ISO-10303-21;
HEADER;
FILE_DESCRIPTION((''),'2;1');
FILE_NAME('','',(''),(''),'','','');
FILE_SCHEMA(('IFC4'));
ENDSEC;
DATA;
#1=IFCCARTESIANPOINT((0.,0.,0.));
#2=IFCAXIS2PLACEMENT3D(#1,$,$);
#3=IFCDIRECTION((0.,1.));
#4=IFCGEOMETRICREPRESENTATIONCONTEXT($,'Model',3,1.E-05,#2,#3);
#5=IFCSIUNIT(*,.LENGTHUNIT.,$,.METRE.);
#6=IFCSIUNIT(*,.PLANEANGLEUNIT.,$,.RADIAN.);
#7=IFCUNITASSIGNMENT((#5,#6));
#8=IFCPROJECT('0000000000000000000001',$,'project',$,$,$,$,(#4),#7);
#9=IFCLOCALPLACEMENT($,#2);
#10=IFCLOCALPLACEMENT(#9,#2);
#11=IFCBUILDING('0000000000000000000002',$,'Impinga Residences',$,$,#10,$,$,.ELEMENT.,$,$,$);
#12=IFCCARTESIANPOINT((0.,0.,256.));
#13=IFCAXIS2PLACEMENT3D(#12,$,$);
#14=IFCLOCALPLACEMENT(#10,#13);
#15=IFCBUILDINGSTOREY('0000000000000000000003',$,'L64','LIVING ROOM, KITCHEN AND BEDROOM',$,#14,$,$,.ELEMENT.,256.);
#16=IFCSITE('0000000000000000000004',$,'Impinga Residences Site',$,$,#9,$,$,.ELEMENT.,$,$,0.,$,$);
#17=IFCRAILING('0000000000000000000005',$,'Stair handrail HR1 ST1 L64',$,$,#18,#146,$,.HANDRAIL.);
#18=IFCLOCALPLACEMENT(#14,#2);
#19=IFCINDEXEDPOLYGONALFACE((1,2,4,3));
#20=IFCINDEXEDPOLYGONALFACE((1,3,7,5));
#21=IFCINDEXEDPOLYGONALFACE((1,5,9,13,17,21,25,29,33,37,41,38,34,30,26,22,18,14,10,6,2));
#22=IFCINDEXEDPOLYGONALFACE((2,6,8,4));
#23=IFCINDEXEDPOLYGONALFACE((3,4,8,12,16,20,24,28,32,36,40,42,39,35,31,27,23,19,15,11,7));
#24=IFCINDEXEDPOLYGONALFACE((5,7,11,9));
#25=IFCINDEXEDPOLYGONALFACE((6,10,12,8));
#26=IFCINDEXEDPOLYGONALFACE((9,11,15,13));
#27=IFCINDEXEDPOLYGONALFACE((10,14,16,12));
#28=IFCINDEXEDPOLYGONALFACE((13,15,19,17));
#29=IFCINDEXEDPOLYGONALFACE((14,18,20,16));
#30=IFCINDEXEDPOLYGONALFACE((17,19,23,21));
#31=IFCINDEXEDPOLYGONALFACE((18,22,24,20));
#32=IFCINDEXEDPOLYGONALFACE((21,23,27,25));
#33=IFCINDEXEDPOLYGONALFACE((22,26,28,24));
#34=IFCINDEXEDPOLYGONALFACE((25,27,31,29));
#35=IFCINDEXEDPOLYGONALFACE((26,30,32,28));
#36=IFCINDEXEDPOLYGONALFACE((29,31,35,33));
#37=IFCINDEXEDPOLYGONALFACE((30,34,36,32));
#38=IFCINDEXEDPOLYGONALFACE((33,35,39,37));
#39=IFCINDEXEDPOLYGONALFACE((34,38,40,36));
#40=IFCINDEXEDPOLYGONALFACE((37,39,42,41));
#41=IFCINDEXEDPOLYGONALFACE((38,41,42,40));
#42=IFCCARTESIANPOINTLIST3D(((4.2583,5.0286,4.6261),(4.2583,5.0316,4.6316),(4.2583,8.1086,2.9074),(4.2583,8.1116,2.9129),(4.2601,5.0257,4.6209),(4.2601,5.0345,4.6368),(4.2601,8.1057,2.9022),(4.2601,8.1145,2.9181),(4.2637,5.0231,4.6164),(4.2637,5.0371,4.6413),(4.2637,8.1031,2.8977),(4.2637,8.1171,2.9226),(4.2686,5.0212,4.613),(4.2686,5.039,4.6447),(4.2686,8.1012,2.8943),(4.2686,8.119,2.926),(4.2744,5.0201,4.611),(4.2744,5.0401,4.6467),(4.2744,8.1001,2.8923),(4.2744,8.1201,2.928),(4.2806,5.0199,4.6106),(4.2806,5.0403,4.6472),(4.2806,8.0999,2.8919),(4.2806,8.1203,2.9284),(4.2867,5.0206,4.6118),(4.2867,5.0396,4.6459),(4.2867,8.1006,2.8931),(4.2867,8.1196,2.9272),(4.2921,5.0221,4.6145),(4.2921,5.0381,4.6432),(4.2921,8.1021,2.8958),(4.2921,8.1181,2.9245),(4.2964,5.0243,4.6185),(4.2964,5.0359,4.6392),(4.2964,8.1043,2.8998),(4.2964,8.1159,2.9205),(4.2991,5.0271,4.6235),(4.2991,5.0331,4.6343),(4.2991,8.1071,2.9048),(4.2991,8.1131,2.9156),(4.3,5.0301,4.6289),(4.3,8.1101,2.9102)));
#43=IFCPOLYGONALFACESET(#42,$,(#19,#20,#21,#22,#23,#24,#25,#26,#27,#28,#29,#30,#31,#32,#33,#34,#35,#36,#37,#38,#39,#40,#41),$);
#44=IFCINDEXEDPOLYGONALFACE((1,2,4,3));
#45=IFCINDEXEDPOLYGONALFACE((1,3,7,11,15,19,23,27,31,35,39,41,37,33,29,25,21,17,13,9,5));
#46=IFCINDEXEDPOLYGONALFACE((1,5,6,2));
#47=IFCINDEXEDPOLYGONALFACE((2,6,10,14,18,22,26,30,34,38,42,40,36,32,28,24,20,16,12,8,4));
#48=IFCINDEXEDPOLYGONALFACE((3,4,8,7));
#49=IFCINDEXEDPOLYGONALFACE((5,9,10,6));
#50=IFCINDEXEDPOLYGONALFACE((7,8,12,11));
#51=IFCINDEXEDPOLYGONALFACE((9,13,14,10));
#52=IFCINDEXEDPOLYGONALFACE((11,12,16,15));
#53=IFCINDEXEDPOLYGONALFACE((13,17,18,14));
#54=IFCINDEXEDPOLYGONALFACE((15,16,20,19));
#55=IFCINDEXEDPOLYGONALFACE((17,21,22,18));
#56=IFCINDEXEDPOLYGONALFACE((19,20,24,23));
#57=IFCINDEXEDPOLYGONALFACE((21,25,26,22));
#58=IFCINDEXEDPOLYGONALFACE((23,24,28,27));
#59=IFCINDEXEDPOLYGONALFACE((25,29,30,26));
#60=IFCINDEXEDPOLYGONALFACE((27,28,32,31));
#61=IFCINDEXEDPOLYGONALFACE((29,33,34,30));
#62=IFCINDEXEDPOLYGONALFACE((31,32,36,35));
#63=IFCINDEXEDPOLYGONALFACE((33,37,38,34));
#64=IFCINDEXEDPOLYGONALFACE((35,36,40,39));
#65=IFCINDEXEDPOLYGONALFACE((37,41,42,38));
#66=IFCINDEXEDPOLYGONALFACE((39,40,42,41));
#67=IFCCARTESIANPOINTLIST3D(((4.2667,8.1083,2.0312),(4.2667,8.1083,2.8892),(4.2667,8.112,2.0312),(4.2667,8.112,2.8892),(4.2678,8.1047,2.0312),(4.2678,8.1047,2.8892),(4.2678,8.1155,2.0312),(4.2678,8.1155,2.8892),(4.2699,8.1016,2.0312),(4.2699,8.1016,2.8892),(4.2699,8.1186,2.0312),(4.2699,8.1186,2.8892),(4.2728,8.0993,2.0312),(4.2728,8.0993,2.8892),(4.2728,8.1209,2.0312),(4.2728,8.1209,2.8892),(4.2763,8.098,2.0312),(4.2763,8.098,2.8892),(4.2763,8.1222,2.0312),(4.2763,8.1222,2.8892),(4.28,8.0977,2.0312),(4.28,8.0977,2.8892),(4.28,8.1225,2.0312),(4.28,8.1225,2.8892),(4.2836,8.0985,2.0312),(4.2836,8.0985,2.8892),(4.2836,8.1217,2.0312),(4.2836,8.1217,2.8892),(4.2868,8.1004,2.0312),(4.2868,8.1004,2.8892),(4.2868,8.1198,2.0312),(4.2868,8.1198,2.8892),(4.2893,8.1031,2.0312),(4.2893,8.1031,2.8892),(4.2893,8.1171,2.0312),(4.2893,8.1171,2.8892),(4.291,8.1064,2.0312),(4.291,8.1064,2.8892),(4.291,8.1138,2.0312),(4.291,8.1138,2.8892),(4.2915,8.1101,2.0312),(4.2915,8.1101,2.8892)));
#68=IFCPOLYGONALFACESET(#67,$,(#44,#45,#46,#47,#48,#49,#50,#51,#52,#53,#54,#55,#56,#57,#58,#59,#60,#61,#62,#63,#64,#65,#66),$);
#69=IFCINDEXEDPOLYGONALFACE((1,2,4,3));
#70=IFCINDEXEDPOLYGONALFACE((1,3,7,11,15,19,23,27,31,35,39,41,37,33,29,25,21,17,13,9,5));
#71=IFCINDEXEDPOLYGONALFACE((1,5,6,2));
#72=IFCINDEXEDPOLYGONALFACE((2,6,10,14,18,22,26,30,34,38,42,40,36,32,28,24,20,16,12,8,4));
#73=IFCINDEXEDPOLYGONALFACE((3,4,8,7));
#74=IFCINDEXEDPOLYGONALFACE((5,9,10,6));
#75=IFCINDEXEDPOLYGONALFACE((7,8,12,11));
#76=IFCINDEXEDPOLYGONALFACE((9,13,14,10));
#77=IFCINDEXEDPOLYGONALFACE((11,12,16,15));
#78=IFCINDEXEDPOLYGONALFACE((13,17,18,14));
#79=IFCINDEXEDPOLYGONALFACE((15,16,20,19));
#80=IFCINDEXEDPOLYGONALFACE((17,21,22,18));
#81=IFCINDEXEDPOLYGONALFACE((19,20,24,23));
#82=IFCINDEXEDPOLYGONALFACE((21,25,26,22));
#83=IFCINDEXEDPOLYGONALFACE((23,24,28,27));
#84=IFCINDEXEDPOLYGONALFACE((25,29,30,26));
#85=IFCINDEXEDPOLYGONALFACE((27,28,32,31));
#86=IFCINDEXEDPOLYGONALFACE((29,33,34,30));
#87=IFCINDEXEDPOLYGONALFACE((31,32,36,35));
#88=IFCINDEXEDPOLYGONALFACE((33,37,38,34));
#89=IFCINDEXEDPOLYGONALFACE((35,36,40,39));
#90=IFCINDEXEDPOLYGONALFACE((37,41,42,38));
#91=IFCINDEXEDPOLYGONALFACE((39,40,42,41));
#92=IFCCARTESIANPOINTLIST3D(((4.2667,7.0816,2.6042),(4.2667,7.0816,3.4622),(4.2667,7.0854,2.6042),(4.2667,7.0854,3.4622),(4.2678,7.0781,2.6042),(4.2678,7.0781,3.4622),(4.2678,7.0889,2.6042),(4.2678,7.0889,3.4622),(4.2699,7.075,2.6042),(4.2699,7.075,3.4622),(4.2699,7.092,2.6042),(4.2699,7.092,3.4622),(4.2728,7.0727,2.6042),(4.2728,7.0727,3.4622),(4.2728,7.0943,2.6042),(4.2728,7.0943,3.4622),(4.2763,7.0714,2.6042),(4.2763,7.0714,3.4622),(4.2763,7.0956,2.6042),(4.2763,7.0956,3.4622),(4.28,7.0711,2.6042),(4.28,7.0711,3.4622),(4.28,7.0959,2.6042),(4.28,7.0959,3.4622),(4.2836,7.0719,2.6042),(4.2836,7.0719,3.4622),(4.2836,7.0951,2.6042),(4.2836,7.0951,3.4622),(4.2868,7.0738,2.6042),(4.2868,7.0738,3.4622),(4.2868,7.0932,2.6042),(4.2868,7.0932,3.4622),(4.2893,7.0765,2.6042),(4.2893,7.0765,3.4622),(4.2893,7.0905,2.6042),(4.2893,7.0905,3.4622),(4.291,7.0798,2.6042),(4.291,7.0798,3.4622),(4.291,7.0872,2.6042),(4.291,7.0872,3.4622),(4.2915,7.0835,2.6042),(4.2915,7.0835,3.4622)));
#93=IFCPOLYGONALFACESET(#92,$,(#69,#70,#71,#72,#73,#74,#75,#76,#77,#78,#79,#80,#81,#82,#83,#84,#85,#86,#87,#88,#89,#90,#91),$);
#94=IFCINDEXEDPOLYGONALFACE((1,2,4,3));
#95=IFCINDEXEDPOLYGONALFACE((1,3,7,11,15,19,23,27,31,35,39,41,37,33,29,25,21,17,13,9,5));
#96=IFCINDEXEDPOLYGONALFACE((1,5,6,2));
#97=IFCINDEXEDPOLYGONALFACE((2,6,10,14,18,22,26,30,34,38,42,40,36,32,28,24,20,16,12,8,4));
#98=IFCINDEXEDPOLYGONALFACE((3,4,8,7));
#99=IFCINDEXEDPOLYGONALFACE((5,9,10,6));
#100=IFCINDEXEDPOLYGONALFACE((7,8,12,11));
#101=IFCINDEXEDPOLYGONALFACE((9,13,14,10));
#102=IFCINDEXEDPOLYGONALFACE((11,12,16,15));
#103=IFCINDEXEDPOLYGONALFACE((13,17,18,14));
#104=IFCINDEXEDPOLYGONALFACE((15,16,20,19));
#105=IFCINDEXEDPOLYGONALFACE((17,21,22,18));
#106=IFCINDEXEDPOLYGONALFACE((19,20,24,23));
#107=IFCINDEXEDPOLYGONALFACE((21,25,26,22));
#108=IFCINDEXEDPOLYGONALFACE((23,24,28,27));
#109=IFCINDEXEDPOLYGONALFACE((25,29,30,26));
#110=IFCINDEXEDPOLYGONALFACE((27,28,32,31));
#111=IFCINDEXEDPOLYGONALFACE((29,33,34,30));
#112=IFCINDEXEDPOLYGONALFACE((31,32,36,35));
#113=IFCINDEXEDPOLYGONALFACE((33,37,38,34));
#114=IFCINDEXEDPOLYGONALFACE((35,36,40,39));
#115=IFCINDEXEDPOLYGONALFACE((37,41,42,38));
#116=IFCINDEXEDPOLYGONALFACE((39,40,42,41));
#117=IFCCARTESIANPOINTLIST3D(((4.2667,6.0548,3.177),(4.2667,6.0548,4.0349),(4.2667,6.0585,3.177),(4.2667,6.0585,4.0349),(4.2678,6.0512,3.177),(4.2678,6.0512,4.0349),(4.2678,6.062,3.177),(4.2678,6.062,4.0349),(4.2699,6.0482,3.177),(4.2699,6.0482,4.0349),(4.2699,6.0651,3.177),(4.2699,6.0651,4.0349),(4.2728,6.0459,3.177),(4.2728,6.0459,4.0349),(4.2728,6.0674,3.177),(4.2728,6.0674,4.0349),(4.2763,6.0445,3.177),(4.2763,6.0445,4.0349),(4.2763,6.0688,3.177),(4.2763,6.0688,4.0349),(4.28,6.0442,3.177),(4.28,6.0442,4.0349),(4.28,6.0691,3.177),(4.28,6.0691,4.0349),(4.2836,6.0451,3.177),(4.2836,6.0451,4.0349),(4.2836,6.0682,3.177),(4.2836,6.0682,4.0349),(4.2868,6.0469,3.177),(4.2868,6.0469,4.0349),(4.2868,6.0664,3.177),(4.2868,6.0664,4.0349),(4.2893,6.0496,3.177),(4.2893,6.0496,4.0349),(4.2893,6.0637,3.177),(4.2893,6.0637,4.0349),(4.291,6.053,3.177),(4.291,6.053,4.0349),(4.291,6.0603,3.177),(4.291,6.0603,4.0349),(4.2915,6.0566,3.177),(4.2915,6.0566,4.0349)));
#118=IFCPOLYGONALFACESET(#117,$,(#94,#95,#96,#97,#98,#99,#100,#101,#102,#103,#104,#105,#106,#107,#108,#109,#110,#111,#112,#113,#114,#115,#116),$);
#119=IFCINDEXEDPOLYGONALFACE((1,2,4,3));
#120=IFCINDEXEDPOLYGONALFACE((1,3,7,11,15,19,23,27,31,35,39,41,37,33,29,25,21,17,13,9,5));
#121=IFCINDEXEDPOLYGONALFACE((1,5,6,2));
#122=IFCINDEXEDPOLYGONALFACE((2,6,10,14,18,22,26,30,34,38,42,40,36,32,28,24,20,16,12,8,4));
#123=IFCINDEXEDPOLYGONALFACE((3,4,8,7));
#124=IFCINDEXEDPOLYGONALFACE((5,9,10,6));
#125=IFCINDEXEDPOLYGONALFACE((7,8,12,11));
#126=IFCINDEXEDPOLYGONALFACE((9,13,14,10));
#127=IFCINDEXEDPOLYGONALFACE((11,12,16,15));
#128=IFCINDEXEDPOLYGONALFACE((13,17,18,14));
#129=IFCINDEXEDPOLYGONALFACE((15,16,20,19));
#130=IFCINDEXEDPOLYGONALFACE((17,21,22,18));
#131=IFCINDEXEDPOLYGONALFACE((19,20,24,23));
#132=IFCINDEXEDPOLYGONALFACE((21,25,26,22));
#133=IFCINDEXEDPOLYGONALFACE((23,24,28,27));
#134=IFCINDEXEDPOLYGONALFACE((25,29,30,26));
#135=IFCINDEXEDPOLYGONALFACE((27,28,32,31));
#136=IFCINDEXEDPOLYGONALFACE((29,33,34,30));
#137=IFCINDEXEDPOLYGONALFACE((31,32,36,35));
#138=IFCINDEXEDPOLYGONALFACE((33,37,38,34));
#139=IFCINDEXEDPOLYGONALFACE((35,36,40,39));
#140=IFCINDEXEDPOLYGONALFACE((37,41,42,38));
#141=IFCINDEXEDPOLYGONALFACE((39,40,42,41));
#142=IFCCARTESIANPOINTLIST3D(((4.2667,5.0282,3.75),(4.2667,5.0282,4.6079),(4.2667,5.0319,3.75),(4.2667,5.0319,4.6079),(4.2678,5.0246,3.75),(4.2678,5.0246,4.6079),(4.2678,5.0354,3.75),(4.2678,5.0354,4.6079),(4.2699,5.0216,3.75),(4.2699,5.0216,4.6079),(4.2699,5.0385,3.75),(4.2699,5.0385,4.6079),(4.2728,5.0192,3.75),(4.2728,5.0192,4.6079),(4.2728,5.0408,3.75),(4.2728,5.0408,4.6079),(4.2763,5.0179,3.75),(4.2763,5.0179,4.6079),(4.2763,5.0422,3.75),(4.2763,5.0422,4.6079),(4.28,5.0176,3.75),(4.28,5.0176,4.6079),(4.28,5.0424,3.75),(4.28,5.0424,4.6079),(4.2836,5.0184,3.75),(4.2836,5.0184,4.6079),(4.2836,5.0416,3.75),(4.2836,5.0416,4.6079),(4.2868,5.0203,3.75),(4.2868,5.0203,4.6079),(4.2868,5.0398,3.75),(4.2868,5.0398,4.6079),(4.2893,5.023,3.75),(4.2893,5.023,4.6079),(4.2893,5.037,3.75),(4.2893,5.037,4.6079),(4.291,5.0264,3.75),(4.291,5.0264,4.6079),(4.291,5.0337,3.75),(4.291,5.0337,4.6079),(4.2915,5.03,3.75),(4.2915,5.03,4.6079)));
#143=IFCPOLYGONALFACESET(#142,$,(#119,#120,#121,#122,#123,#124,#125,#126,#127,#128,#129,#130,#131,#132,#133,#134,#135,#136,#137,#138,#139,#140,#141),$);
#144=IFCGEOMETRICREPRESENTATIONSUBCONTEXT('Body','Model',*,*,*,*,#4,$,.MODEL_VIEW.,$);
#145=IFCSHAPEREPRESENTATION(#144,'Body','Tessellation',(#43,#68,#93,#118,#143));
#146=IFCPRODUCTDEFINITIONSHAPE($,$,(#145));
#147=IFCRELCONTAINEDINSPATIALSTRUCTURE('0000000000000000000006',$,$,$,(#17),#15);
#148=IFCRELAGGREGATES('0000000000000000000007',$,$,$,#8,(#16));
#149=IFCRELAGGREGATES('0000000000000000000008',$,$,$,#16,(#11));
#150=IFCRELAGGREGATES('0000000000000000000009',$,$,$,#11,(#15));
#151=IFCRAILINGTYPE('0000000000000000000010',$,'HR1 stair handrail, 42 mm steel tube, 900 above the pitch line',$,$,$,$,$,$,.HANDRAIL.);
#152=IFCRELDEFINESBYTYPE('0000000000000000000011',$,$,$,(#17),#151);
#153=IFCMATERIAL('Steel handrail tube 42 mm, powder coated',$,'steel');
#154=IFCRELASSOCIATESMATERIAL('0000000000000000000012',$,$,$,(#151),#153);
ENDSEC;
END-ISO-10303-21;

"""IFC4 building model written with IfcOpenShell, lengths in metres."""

from ifc_helpers import new_model, si_unit, direction, frame, origin, origin_2d, place, context, subcontext, project, spatial, circle, extrude, material, type_object, element, save


model = new_model("IFC4")

# Units and contexts
model_context = context("Model", 3, precision=1e-05, world=origin(), true_north=direction((0.0, 1.0)))
body_context = subcontext(model_context, "Body", "Model", "MODEL_VIEW")
ifc_project = project(units=[si_unit("LENGTHUNIT", "METRE"), si_unit("PLANEANGLEUNIT", "RADIAN")], contexts=[model_context])

# Site, building, storey
site_placement = place(None, origin())
site = spatial("IfcSite", under=ifc_project, at=site_placement, Name="Impinga Residences Site", CompositionType="ELEMENT", RefElevation=0.0)
building_placement = place(site_placement, origin())
building = spatial("IfcBuilding", under=site, at=building_placement, Name="Impinga Residences", CompositionType="ELEMENT")
storey_placement = place(building_placement, frame((0.0, 0.0, 256.0)))
storey = spatial("IfcBuildingStorey", under=building, at=storey_placement, Name="L64", Description="LIVING ROOM, KITCHEN AND BEDROOM", CompositionType="ELEMENT", Elevation=256.0)

# Railing
ifc_material_1 = material(Name="Steel handrail tube 42 mm, powder coated", Category="steel")
railing_type_1 = type_object("IfcRailingType", Name="HR1 stair handrail, 42 mm steel tube, 900 above the pitch line", PredefinedType="HANDRAIL", material=ifc_material_1)
railing_1_placement = place(storey_placement, frame((4.2791, 8.1101, 2.0312)))
element("IfcRailing", 1, at=railing_1_placement, inside=storey, type_object=railing_type_1, Name="Stair handrail HR1 ST1 L64", PredefinedType="HANDRAIL", context=body_context, shape_type="SweptSolid", body=[
    extrude(circle(Radius=0.021, at=origin_2d()), frame((0.0, 0.0, 0.8789), z_axis=(0.0, -0.873242, 0.487288), x_axis=(1.0, 0.0, 0.0)), (0.0, 0.0, 1.0), 3.5271),
    extrude(circle(Radius=0.0125, at=origin_2d()), origin(), (0.0, 0.0, 1.0), 0.8579),
    extrude(circle(Radius=0.0125, at=origin_2d()), frame((0.0, -1.0266, 0.573)), (0.0, 0.0, 1.0), 0.8579),
    extrude(circle(Radius=0.0125, at=origin_2d()), frame((0.0, -2.0535, 1.1458)), (0.0, 0.0, 1.0), 0.8579),
    extrude(circle(Radius=0.0125, at=origin_2d()), frame((0.0, -3.0801, 1.7188)), (0.0, 0.0, 1.0), 0.8579),
])

save(model, "model.ifc")
